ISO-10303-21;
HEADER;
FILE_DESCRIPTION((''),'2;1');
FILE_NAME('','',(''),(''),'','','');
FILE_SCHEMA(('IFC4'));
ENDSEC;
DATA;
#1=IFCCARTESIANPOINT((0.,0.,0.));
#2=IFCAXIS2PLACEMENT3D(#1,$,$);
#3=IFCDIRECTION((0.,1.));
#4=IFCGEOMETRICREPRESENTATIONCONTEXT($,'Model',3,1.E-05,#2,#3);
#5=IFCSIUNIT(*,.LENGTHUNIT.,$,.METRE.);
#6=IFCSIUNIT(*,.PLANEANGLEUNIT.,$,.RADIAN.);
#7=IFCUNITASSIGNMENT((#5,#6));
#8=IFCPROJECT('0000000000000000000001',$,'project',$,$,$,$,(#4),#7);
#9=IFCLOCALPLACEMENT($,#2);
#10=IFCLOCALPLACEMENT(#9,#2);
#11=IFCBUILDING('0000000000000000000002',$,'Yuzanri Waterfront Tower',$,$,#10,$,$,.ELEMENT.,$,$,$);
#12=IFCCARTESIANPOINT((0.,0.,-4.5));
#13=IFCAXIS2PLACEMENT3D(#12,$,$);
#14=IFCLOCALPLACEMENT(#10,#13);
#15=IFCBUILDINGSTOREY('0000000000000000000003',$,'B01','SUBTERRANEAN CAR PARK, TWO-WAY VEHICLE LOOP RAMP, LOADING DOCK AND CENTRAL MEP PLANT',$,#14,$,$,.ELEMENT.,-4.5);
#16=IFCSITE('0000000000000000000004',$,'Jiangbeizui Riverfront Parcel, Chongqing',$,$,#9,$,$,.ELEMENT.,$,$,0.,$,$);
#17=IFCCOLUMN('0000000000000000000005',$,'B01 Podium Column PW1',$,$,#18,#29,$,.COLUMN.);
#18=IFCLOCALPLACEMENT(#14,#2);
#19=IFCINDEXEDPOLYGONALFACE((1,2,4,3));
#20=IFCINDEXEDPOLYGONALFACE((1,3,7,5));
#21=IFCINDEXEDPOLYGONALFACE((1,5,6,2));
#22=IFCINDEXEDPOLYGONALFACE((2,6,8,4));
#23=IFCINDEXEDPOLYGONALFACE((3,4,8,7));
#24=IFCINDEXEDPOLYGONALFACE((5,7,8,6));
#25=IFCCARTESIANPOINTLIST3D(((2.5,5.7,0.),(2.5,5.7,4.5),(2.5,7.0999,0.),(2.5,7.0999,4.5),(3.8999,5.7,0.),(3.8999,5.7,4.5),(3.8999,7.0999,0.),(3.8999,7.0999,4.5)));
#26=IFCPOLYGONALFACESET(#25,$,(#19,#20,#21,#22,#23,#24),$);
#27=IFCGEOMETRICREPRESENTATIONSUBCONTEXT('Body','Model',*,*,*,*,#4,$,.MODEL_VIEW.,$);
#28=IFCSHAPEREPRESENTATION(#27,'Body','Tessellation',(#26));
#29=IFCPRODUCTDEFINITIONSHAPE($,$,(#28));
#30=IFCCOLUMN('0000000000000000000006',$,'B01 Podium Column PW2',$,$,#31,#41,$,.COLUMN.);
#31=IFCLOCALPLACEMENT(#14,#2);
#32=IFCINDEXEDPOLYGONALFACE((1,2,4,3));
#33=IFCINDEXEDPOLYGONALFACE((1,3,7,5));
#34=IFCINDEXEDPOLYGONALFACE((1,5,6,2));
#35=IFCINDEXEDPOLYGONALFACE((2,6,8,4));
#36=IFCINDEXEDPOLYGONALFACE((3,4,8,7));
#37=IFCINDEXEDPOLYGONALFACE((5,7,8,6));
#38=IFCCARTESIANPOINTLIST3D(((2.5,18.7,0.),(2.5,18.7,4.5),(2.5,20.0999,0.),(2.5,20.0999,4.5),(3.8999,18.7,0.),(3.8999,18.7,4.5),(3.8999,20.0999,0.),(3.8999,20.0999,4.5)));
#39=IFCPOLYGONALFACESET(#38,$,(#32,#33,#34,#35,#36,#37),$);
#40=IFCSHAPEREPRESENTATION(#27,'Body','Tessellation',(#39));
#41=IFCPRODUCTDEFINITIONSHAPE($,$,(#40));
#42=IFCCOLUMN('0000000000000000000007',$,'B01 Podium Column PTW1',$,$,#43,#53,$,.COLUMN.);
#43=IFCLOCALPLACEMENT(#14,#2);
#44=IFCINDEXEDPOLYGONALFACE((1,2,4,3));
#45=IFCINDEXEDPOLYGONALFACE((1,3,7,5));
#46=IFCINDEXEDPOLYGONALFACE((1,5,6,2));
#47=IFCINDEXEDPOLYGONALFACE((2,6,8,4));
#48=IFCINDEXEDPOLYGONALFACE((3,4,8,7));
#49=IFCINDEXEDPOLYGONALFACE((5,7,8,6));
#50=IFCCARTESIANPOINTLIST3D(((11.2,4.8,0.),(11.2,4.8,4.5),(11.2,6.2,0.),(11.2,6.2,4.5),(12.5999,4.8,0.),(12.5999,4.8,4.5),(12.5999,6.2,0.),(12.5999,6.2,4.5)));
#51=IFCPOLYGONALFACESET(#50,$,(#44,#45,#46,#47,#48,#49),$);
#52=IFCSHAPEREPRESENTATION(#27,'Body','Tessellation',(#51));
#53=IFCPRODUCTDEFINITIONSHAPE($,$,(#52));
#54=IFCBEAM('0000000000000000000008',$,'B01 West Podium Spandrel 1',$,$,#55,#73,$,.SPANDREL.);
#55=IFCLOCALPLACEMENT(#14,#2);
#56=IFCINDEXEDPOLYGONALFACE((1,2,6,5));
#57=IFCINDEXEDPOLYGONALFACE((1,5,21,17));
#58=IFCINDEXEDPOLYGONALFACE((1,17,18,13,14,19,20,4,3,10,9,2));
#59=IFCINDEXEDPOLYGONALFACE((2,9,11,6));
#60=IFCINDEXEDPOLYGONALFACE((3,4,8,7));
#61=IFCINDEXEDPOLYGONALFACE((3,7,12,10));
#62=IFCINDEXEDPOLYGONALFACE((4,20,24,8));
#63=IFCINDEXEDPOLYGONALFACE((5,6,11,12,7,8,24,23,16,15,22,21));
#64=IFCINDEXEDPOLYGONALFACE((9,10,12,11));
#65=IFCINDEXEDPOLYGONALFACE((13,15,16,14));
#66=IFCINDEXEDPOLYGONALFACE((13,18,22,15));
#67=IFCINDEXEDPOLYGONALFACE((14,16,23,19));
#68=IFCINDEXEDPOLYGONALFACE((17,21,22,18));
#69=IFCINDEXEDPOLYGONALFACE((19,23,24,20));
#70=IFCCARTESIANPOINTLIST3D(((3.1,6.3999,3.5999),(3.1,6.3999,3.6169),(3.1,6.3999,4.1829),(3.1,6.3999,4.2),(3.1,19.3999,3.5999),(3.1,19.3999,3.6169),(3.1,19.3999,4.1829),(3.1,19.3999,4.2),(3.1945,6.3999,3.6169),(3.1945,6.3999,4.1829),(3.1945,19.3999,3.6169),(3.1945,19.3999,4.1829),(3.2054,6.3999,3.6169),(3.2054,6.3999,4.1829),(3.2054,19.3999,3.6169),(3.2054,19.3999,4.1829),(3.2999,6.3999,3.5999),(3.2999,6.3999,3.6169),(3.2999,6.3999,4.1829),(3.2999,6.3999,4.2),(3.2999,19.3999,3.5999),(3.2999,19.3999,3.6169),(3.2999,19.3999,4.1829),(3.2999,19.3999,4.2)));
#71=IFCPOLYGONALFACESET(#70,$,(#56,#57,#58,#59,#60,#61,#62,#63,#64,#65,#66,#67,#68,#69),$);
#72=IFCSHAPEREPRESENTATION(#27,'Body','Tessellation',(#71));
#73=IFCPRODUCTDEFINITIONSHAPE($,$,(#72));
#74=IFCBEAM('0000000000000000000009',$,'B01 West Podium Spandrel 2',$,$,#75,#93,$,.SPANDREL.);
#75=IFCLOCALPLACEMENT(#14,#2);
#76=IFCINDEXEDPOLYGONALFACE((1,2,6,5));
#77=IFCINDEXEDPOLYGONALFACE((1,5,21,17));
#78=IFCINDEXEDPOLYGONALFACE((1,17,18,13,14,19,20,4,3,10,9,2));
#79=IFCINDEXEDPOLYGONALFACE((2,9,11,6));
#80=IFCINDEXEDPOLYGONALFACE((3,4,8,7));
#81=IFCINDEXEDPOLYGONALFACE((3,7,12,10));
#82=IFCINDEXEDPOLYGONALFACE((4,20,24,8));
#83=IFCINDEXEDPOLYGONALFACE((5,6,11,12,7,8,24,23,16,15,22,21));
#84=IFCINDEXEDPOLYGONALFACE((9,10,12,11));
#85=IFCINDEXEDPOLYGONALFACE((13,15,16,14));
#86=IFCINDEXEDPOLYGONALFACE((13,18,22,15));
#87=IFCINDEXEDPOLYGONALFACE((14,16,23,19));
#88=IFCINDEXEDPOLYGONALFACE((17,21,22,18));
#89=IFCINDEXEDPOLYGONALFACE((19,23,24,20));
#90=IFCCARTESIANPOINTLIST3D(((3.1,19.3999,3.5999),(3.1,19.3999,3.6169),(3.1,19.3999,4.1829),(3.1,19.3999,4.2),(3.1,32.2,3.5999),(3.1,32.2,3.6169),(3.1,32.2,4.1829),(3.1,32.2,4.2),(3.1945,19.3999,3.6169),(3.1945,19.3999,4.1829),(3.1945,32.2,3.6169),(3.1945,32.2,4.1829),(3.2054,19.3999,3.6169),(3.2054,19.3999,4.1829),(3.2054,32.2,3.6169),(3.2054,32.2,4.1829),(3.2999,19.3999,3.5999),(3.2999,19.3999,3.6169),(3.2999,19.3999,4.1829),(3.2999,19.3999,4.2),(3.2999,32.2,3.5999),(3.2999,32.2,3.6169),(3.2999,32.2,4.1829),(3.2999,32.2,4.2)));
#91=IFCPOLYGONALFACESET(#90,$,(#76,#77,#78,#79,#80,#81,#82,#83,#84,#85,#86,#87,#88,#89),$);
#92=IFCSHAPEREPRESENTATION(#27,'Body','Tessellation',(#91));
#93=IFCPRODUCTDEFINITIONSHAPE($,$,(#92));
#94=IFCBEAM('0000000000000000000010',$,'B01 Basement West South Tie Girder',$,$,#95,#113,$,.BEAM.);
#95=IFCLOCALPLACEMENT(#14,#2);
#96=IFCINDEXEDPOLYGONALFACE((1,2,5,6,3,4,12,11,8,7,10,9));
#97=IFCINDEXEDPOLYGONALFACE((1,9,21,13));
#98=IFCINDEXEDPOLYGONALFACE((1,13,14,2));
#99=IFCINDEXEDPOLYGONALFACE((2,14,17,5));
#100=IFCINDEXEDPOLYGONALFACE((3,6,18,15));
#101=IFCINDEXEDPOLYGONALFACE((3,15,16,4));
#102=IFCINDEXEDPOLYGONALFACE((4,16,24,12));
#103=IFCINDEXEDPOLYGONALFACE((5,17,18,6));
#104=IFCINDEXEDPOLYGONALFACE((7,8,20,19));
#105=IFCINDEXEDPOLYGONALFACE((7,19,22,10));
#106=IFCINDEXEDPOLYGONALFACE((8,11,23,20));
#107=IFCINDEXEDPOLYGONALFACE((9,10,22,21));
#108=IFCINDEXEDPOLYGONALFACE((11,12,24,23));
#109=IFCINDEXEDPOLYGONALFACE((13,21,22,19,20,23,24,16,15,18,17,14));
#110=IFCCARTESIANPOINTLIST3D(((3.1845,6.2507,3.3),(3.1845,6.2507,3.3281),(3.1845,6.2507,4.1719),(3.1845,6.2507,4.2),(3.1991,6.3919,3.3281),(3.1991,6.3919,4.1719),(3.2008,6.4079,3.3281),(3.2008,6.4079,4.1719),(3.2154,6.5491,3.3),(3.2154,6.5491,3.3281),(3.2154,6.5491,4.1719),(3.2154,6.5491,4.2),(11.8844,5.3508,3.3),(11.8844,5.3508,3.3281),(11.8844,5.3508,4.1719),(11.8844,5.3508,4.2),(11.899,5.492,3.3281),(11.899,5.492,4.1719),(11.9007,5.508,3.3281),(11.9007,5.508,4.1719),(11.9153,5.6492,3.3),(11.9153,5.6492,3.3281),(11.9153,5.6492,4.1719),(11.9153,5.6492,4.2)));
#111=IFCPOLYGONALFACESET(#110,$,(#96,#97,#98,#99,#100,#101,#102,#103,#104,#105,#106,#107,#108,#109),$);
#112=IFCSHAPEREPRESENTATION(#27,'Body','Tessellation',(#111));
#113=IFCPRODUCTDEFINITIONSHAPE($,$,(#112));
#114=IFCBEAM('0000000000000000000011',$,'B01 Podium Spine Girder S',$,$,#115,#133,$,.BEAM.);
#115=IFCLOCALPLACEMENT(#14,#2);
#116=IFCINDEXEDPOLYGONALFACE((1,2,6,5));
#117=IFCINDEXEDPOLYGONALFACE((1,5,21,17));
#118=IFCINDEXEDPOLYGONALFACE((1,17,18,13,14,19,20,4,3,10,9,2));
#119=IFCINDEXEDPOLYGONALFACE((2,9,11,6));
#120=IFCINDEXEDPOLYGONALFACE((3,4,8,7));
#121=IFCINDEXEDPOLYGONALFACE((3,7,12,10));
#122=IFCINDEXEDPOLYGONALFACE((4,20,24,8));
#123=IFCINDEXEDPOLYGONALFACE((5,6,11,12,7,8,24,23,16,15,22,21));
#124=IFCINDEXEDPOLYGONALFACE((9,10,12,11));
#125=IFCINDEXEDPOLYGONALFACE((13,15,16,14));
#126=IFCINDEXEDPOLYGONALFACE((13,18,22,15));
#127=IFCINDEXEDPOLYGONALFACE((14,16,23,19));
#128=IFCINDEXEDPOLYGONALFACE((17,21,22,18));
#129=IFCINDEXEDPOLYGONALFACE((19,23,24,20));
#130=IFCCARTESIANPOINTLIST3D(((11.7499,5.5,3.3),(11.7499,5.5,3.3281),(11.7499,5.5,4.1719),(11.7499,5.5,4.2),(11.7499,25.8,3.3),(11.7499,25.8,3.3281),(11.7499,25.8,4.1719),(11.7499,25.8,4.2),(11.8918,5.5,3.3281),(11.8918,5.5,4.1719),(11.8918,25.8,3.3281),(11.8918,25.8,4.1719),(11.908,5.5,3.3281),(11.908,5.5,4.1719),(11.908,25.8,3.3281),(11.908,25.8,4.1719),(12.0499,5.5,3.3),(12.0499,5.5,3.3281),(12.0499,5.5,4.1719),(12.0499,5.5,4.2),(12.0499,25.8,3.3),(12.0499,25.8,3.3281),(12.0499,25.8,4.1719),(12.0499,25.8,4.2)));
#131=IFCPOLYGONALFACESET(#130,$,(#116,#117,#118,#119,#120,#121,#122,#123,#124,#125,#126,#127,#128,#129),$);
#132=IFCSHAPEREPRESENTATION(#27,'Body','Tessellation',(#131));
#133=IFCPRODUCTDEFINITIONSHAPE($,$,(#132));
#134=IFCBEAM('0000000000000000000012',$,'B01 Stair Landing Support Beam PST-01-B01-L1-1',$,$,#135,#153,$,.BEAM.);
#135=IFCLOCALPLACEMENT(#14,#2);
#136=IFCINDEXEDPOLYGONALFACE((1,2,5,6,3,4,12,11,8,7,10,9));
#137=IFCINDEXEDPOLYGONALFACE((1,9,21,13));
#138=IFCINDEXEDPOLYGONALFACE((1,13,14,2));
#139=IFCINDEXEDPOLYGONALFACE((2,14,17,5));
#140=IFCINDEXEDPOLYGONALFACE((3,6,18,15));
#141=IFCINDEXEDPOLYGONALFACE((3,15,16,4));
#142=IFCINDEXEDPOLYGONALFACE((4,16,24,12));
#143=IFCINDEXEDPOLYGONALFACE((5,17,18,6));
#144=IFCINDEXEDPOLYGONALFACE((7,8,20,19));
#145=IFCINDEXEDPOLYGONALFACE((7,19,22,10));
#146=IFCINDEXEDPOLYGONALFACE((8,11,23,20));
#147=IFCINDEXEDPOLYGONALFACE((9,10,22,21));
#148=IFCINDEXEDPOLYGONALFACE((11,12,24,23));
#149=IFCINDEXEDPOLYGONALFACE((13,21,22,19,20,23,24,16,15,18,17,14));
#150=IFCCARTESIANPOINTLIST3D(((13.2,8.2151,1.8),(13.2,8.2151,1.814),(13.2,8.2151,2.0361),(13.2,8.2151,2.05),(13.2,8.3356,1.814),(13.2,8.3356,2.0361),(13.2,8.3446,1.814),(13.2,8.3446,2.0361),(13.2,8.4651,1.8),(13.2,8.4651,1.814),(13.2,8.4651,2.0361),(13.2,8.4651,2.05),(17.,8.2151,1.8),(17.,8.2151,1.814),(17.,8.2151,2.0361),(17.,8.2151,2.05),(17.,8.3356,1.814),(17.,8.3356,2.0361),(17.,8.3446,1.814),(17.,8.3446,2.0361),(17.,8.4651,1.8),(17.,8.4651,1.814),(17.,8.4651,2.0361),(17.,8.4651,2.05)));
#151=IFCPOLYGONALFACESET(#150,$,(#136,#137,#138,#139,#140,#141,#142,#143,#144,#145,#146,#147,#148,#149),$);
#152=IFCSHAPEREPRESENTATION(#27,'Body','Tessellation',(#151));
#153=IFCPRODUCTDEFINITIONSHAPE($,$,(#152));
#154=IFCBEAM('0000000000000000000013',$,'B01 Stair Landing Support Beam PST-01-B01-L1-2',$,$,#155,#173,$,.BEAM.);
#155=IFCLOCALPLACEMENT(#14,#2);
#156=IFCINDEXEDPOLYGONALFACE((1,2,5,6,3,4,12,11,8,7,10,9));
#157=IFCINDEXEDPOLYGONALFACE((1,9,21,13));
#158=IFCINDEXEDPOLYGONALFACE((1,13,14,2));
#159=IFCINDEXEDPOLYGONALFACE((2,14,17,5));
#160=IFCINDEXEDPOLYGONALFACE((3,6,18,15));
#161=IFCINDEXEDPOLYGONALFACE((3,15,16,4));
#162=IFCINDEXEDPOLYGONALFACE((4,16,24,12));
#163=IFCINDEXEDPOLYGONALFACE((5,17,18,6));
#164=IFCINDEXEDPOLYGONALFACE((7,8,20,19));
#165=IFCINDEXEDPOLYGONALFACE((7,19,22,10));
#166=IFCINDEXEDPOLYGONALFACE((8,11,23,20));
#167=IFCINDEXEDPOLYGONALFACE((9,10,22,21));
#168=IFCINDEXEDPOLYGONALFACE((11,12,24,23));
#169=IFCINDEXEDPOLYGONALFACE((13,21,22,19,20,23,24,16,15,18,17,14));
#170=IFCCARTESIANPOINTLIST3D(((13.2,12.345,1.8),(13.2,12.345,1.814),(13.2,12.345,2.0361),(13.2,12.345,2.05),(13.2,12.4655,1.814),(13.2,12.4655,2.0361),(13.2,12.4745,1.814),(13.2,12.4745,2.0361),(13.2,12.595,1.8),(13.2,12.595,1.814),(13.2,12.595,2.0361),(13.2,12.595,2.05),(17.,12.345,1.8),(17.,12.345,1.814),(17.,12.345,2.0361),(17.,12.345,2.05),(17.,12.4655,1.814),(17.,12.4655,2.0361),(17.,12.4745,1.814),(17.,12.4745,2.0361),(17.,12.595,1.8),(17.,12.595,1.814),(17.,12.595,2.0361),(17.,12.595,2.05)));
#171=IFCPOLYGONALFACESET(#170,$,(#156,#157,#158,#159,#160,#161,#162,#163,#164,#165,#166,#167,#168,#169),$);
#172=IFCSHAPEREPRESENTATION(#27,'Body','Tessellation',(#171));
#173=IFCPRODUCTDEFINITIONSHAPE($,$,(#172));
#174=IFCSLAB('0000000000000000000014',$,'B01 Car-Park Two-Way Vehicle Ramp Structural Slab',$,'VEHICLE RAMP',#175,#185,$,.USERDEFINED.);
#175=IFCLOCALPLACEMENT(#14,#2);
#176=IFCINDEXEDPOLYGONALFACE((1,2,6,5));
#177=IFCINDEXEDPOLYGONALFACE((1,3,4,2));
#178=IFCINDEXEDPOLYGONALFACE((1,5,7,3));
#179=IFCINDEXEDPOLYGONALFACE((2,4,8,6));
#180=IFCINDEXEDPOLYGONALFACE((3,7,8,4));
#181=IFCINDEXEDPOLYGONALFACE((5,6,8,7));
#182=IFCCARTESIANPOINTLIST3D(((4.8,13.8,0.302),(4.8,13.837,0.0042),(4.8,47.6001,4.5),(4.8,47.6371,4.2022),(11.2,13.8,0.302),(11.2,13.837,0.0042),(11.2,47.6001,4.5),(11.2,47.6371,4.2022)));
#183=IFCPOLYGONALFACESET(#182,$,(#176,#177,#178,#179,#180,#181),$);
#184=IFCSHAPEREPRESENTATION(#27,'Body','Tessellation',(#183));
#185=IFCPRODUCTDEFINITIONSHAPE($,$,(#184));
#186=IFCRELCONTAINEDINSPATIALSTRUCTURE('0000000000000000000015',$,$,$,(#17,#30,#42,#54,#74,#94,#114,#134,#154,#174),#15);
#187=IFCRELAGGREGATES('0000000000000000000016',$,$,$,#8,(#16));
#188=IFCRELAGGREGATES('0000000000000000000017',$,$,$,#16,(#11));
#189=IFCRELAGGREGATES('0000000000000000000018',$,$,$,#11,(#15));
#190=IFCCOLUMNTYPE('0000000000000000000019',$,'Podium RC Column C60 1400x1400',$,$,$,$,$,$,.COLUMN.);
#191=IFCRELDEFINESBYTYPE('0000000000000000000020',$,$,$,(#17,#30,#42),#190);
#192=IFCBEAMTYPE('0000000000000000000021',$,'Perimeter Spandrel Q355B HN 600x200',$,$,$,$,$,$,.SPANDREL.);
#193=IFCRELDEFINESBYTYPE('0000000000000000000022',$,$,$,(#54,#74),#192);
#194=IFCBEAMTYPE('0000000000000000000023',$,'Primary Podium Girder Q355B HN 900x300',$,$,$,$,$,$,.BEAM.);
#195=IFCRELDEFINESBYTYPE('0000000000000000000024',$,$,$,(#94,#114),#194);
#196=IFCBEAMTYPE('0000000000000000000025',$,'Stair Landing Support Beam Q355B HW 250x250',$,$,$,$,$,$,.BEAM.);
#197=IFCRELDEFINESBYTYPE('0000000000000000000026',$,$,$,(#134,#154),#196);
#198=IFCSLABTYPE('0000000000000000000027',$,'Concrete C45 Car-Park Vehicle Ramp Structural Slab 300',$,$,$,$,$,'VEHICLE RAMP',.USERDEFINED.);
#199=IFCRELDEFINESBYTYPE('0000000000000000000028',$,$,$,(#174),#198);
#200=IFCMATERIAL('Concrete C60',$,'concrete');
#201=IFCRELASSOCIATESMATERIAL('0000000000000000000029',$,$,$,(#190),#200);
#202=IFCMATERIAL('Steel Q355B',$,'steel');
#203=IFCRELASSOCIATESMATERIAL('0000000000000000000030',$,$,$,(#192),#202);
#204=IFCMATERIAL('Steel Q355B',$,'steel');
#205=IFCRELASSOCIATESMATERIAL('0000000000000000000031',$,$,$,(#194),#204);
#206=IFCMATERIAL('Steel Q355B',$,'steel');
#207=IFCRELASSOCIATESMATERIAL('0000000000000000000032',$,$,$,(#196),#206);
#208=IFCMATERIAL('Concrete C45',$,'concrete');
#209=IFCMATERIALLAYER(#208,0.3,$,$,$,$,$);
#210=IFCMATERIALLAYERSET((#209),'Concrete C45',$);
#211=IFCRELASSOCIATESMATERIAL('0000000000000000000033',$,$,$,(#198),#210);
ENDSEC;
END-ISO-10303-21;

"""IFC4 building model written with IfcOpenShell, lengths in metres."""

from ifc_helpers import new_model, si_unit, direction, frame, origin, origin_2d, place, context, subcontext, project, spatial, polyline, rectangle, i_section, outline, extrude, source, transform, mapped, material, layer, layer_set, material_profile, profile_set, type_object, element, save


model = new_model("IFC4")

# Units and contexts
model_context = context("Model", 3, precision=1e-05, world=origin(), true_north=direction((0.0, 1.0)))
body_context = subcontext(model_context, "Body", "Model", "MODEL_VIEW")
ifc_project = project(units=[si_unit("LENGTHUNIT", "METRE"), si_unit("PLANEANGLEUNIT", "RADIAN")], contexts=[model_context])

# Site, building, storey
site_placement = place(None, origin())
site = spatial("IfcSite", under=ifc_project, at=site_placement, Name="Jiangbeizui Riverfront Parcel, Chongqing", CompositionType="ELEMENT", RefElevation=0.0)
building_placement = place(site_placement, origin())
building = spatial("IfcBuilding", under=site, at=building_placement, Name="Yuzanri Waterfront Tower", CompositionType="ELEMENT")
storey_placement = place(building_placement, frame((0.0, 0.0, -4.5)))
storey = spatial("IfcBuildingStorey", under=building, at=storey_placement, Name="B01", Description="SUBTERRANEAN CAR PARK, TWO-WAY VEHICLE LOOP RAMP, LOADING DOCK AND CENTRAL MEP PLANT", CompositionType="ELEMENT", Elevation=-4.5)

# Columns
ifc_material_1 = material(Name="Concrete C60", Category="concrete")
ifc_material_profile_1 = material_profile(ifc_material_1, rectangle(XDim=1.3999, YDim=1.3999, at=origin_2d()), Name="RC 1400x1400")
ifc_profile_set_1 = profile_set([ifc_material_profile_1], Name="Concrete C60")
column_type = type_object("IfcColumnType", Name="Podium RC Column C60 1400x1400", PredefinedType="COLUMN", material=ifc_profile_set_1)
shared_shape_1 = source(origin(), body_context, "Body", "SweptSolid", [
    extrude(rectangle(XDim=1.3999, YDim=1.3999, at=origin_2d()), origin(), (0.0, 0.0, 1.0), 4.5),
])
for number, where, z_axis, x_axis, name in (
    (1, (3.2, 6.3999, 0.0), (0.0, 0.0, 1.0), (1.0, 0.0, 0.0), "B01 Podium Column PW1"),
    (2, (3.2, 19.3999, 0.0), (0.0, 0.0, 1.0), (1.0, 0.0, 0.0), "B01 Podium Column PW2"),
    (3, (11.8999, 5.5, 0.0), (0.0, 0.0, 1.0), (1.0, 0.0, 0.0), "B01 Podium Column PTW1"),
):
    element("IfcColumn", number, at=place(storey_placement, frame(where, z_axis=z_axis, x_axis=x_axis)), inside=storey, type_object=column_type, Name=name, PredefinedType="COLUMN", context=body_context, shape_type="MappedRepresentation", body=[
        mapped(shared_shape_1, transform((0.0, 0.0, 0.0), scale=1.0)),
    ])

# Beams
ifc_material_2 = material(Name="Steel Q355B", Category="steel")
ifc_material_profile_2 = material_profile(ifc_material_2, i_section(OverallWidth=0.2, OverallDepth=0.6001, WebThickness=0.011, FlangeThickness=0.0171, at=origin_2d()), Name="HN 600x200x11x17")
ifc_profile_set_2 = profile_set([ifc_material_profile_2], Name="Steel Q355B")
beam_type_1 = type_object("IfcBeamType", Name="Perimeter Spandrel Q355B HN 600x200", PredefinedType="SPANDREL", material=ifc_profile_set_2)
shared_shape_2 = source(origin(), body_context, "Body", "SweptSolid", [
    extrude(i_section(OverallWidth=0.2, OverallDepth=0.6001, WebThickness=0.011, FlangeThickness=0.0171, at=origin_2d()), origin(), (0.0, 0.0, 1.0), 13.0),
])
beam_1_placement = place(storey_placement, frame((3.2, 6.3999, 3.8999), z_axis=(0.0, 1.0, 0.0), x_axis=(-1.0, 0.0, 0.0)))
element("IfcBeam", 4, at=beam_1_placement, inside=storey, type_object=beam_type_1, Name="B01 West Podium Spandrel 1", PredefinedType="SPANDREL", context=body_context, shape_type="MappedRepresentation", body=[
    mapped(shared_shape_2, transform((0.0, 0.0, 0.0), scale=1.0)),
])
shared_shape_3 = source(origin(), body_context, "Body", "SweptSolid", [
    extrude(i_section(OverallWidth=0.2, OverallDepth=0.6001, WebThickness=0.011, FlangeThickness=0.0171, at=origin_2d()), origin(), (0.0, 0.0, 1.0), 12.8),
])
beam_2_placement = place(storey_placement, frame((3.2, 19.3999, 3.8999), z_axis=(0.0, 1.0, 0.0), x_axis=(-1.0, 0.0, 0.0)))
element("IfcBeam", 5, at=beam_2_placement, inside=storey, type_object=beam_type_1, Name="B01 West Podium Spandrel 2", PredefinedType="SPANDREL", context=body_context, shape_type="MappedRepresentation", body=[
    mapped(shared_shape_3, transform((0.0, 0.0, 0.0), scale=1.0)),
])
ifc_material_3 = material(Name="Steel Q355B", Category="steel")
ifc_material_profile_3 = material_profile(ifc_material_3, i_section(OverallWidth=0.3, OverallDepth=0.8999, WebThickness=0.0161, FlangeThickness=0.0281, at=origin_2d()), Name="HN 900x300x16x28")
ifc_profile_set_3 = profile_set([ifc_material_profile_3], Name="Steel Q355B")
beam_type_2 = type_object("IfcBeamType", Name="Primary Podium Girder Q355B HN 900x300", PredefinedType="BEAM", material=ifc_profile_set_3)
shared_shape_4 = source(origin(), body_context, "Body", "SweptSolid", [
    extrude(i_section(OverallWidth=0.3, OverallDepth=0.8999, WebThickness=0.0161, FlangeThickness=0.0281, at=origin_2d()), origin(), (0.0, 0.0, 1.0), 8.7463),
])
beam_3_placement = place(storey_placement, frame((3.2, 6.3999, 3.75), z_axis=(0.994693, -0.102889, 0.0), x_axis=(0.102889, 0.994693, 0.0)))
element("IfcBeam", 6, at=beam_3_placement, inside=storey, type_object=beam_type_2, Name="B01 Basement West South Tie Girder", PredefinedType="BEAM", context=body_context, shape_type="MappedRepresentation", body=[
    mapped(shared_shape_4, transform((0.0, 0.0, 0.0), scale=1.0)),
])
shared_shape_5 = source(origin(), body_context, "Body", "SweptSolid", [
    extrude(i_section(OverallWidth=0.3, OverallDepth=0.8999, WebThickness=0.0161, FlangeThickness=0.0281, at=origin_2d()), origin(), (0.0, 0.0, 1.0), 20.3),
])
beam_4_placement = place(storey_placement, frame((11.8999, 5.5, 3.75), z_axis=(0.0, 1.0, 0.0), x_axis=(-1.0, 0.0, 0.0)))
element("IfcBeam", 7, at=beam_4_placement, inside=storey, type_object=beam_type_2, Name="B01 Podium Spine Girder S", PredefinedType="BEAM", context=body_context, shape_type="MappedRepresentation", body=[
    mapped(shared_shape_5, transform((0.0, 0.0, 0.0), scale=1.0)),
])
ifc_material_4 = material(Name="Steel Q355B", Category="steel")
ifc_material_profile_4 = material_profile(ifc_material_4, i_section(OverallWidth=0.25, OverallDepth=0.25, WebThickness=0.009, FlangeThickness=0.0139, at=origin_2d()), Name="HW 250x250x9x14")
ifc_profile_set_4 = profile_set([ifc_material_profile_4], Name="Steel Q355B")
beam_type_3 = type_object("IfcBeamType", Name="Stair Landing Support Beam Q355B HW 250x250", PredefinedType="BEAM", material=ifc_profile_set_4)
shared_shape_6 = source(origin(), body_context, "Body", "SweptSolid", [
    extrude(i_section(OverallWidth=0.25, OverallDepth=0.25, WebThickness=0.009, FlangeThickness=0.0139, at=origin_2d()), origin(), (0.0, 0.0, 1.0), 3.8),
])
for number, where, z_axis, x_axis, name in (
    (8, (13.2, 8.3401, 1.925), (1.0, 0.0, 0.0), (0.0, 1.0, 0.0), "B01 Stair Landing Support Beam PST-01-B01-L1-1"),
    (9, (13.2, 12.47, 1.925), (1.0, 0.0, 0.0), (0.0, 1.0, 0.0), "B01 Stair Landing Support Beam PST-01-B01-L1-2"),
):
    element("IfcBeam", number, at=place(storey_placement, frame(where, z_axis=z_axis, x_axis=x_axis)), inside=storey, type_object=beam_type_3, Name=name, PredefinedType="BEAM", context=body_context, shape_type="MappedRepresentation", body=[
        mapped(shared_shape_6, transform((0.0, 0.0, 0.0), scale=1.0)),
    ])

# Slab
ifc_material_5 = material(Name="Concrete C45", Category="concrete")
ifc_layer_1 = layer(ifc_material_5, 0.3)
ifc_layer_set_1 = layer_set([ifc_layer_1], Name="Concrete C45")
slab_type = type_object("IfcSlabType", Name="Concrete C45 Car-Park Vehicle Ramp Structural Slab 300", ElementType="VEHICLE RAMP", PredefinedType="USERDEFINED", material=ifc_layer_set_1)
slab_placement = place(storey_placement, frame((4.8, 13.8, 0.302), z_axis=(0.0, -0.123254, 0.992375), x_axis=(1.0, 0.0, 0.0)))
element("IfcSlab", 10, at=slab_placement, inside=storey, type_object=slab_type, Name="B01 Car-Park Two-Way Vehicle Ramp Structural Slab", ObjectType="VEHICLE RAMP", PredefinedType="USERDEFINED", context=body_context, shape_type="SweptSolid", body=[
    extrude(outline(polyline([(0.0, 0.0), (6.3999, 0.0), (6.3999, 34.0597), (0.0, 34.0597), (0.0, 0.0)])), origin(), (0.0, 0.0, -1.0), 0.3),
])

save(model, "model.ifc")
